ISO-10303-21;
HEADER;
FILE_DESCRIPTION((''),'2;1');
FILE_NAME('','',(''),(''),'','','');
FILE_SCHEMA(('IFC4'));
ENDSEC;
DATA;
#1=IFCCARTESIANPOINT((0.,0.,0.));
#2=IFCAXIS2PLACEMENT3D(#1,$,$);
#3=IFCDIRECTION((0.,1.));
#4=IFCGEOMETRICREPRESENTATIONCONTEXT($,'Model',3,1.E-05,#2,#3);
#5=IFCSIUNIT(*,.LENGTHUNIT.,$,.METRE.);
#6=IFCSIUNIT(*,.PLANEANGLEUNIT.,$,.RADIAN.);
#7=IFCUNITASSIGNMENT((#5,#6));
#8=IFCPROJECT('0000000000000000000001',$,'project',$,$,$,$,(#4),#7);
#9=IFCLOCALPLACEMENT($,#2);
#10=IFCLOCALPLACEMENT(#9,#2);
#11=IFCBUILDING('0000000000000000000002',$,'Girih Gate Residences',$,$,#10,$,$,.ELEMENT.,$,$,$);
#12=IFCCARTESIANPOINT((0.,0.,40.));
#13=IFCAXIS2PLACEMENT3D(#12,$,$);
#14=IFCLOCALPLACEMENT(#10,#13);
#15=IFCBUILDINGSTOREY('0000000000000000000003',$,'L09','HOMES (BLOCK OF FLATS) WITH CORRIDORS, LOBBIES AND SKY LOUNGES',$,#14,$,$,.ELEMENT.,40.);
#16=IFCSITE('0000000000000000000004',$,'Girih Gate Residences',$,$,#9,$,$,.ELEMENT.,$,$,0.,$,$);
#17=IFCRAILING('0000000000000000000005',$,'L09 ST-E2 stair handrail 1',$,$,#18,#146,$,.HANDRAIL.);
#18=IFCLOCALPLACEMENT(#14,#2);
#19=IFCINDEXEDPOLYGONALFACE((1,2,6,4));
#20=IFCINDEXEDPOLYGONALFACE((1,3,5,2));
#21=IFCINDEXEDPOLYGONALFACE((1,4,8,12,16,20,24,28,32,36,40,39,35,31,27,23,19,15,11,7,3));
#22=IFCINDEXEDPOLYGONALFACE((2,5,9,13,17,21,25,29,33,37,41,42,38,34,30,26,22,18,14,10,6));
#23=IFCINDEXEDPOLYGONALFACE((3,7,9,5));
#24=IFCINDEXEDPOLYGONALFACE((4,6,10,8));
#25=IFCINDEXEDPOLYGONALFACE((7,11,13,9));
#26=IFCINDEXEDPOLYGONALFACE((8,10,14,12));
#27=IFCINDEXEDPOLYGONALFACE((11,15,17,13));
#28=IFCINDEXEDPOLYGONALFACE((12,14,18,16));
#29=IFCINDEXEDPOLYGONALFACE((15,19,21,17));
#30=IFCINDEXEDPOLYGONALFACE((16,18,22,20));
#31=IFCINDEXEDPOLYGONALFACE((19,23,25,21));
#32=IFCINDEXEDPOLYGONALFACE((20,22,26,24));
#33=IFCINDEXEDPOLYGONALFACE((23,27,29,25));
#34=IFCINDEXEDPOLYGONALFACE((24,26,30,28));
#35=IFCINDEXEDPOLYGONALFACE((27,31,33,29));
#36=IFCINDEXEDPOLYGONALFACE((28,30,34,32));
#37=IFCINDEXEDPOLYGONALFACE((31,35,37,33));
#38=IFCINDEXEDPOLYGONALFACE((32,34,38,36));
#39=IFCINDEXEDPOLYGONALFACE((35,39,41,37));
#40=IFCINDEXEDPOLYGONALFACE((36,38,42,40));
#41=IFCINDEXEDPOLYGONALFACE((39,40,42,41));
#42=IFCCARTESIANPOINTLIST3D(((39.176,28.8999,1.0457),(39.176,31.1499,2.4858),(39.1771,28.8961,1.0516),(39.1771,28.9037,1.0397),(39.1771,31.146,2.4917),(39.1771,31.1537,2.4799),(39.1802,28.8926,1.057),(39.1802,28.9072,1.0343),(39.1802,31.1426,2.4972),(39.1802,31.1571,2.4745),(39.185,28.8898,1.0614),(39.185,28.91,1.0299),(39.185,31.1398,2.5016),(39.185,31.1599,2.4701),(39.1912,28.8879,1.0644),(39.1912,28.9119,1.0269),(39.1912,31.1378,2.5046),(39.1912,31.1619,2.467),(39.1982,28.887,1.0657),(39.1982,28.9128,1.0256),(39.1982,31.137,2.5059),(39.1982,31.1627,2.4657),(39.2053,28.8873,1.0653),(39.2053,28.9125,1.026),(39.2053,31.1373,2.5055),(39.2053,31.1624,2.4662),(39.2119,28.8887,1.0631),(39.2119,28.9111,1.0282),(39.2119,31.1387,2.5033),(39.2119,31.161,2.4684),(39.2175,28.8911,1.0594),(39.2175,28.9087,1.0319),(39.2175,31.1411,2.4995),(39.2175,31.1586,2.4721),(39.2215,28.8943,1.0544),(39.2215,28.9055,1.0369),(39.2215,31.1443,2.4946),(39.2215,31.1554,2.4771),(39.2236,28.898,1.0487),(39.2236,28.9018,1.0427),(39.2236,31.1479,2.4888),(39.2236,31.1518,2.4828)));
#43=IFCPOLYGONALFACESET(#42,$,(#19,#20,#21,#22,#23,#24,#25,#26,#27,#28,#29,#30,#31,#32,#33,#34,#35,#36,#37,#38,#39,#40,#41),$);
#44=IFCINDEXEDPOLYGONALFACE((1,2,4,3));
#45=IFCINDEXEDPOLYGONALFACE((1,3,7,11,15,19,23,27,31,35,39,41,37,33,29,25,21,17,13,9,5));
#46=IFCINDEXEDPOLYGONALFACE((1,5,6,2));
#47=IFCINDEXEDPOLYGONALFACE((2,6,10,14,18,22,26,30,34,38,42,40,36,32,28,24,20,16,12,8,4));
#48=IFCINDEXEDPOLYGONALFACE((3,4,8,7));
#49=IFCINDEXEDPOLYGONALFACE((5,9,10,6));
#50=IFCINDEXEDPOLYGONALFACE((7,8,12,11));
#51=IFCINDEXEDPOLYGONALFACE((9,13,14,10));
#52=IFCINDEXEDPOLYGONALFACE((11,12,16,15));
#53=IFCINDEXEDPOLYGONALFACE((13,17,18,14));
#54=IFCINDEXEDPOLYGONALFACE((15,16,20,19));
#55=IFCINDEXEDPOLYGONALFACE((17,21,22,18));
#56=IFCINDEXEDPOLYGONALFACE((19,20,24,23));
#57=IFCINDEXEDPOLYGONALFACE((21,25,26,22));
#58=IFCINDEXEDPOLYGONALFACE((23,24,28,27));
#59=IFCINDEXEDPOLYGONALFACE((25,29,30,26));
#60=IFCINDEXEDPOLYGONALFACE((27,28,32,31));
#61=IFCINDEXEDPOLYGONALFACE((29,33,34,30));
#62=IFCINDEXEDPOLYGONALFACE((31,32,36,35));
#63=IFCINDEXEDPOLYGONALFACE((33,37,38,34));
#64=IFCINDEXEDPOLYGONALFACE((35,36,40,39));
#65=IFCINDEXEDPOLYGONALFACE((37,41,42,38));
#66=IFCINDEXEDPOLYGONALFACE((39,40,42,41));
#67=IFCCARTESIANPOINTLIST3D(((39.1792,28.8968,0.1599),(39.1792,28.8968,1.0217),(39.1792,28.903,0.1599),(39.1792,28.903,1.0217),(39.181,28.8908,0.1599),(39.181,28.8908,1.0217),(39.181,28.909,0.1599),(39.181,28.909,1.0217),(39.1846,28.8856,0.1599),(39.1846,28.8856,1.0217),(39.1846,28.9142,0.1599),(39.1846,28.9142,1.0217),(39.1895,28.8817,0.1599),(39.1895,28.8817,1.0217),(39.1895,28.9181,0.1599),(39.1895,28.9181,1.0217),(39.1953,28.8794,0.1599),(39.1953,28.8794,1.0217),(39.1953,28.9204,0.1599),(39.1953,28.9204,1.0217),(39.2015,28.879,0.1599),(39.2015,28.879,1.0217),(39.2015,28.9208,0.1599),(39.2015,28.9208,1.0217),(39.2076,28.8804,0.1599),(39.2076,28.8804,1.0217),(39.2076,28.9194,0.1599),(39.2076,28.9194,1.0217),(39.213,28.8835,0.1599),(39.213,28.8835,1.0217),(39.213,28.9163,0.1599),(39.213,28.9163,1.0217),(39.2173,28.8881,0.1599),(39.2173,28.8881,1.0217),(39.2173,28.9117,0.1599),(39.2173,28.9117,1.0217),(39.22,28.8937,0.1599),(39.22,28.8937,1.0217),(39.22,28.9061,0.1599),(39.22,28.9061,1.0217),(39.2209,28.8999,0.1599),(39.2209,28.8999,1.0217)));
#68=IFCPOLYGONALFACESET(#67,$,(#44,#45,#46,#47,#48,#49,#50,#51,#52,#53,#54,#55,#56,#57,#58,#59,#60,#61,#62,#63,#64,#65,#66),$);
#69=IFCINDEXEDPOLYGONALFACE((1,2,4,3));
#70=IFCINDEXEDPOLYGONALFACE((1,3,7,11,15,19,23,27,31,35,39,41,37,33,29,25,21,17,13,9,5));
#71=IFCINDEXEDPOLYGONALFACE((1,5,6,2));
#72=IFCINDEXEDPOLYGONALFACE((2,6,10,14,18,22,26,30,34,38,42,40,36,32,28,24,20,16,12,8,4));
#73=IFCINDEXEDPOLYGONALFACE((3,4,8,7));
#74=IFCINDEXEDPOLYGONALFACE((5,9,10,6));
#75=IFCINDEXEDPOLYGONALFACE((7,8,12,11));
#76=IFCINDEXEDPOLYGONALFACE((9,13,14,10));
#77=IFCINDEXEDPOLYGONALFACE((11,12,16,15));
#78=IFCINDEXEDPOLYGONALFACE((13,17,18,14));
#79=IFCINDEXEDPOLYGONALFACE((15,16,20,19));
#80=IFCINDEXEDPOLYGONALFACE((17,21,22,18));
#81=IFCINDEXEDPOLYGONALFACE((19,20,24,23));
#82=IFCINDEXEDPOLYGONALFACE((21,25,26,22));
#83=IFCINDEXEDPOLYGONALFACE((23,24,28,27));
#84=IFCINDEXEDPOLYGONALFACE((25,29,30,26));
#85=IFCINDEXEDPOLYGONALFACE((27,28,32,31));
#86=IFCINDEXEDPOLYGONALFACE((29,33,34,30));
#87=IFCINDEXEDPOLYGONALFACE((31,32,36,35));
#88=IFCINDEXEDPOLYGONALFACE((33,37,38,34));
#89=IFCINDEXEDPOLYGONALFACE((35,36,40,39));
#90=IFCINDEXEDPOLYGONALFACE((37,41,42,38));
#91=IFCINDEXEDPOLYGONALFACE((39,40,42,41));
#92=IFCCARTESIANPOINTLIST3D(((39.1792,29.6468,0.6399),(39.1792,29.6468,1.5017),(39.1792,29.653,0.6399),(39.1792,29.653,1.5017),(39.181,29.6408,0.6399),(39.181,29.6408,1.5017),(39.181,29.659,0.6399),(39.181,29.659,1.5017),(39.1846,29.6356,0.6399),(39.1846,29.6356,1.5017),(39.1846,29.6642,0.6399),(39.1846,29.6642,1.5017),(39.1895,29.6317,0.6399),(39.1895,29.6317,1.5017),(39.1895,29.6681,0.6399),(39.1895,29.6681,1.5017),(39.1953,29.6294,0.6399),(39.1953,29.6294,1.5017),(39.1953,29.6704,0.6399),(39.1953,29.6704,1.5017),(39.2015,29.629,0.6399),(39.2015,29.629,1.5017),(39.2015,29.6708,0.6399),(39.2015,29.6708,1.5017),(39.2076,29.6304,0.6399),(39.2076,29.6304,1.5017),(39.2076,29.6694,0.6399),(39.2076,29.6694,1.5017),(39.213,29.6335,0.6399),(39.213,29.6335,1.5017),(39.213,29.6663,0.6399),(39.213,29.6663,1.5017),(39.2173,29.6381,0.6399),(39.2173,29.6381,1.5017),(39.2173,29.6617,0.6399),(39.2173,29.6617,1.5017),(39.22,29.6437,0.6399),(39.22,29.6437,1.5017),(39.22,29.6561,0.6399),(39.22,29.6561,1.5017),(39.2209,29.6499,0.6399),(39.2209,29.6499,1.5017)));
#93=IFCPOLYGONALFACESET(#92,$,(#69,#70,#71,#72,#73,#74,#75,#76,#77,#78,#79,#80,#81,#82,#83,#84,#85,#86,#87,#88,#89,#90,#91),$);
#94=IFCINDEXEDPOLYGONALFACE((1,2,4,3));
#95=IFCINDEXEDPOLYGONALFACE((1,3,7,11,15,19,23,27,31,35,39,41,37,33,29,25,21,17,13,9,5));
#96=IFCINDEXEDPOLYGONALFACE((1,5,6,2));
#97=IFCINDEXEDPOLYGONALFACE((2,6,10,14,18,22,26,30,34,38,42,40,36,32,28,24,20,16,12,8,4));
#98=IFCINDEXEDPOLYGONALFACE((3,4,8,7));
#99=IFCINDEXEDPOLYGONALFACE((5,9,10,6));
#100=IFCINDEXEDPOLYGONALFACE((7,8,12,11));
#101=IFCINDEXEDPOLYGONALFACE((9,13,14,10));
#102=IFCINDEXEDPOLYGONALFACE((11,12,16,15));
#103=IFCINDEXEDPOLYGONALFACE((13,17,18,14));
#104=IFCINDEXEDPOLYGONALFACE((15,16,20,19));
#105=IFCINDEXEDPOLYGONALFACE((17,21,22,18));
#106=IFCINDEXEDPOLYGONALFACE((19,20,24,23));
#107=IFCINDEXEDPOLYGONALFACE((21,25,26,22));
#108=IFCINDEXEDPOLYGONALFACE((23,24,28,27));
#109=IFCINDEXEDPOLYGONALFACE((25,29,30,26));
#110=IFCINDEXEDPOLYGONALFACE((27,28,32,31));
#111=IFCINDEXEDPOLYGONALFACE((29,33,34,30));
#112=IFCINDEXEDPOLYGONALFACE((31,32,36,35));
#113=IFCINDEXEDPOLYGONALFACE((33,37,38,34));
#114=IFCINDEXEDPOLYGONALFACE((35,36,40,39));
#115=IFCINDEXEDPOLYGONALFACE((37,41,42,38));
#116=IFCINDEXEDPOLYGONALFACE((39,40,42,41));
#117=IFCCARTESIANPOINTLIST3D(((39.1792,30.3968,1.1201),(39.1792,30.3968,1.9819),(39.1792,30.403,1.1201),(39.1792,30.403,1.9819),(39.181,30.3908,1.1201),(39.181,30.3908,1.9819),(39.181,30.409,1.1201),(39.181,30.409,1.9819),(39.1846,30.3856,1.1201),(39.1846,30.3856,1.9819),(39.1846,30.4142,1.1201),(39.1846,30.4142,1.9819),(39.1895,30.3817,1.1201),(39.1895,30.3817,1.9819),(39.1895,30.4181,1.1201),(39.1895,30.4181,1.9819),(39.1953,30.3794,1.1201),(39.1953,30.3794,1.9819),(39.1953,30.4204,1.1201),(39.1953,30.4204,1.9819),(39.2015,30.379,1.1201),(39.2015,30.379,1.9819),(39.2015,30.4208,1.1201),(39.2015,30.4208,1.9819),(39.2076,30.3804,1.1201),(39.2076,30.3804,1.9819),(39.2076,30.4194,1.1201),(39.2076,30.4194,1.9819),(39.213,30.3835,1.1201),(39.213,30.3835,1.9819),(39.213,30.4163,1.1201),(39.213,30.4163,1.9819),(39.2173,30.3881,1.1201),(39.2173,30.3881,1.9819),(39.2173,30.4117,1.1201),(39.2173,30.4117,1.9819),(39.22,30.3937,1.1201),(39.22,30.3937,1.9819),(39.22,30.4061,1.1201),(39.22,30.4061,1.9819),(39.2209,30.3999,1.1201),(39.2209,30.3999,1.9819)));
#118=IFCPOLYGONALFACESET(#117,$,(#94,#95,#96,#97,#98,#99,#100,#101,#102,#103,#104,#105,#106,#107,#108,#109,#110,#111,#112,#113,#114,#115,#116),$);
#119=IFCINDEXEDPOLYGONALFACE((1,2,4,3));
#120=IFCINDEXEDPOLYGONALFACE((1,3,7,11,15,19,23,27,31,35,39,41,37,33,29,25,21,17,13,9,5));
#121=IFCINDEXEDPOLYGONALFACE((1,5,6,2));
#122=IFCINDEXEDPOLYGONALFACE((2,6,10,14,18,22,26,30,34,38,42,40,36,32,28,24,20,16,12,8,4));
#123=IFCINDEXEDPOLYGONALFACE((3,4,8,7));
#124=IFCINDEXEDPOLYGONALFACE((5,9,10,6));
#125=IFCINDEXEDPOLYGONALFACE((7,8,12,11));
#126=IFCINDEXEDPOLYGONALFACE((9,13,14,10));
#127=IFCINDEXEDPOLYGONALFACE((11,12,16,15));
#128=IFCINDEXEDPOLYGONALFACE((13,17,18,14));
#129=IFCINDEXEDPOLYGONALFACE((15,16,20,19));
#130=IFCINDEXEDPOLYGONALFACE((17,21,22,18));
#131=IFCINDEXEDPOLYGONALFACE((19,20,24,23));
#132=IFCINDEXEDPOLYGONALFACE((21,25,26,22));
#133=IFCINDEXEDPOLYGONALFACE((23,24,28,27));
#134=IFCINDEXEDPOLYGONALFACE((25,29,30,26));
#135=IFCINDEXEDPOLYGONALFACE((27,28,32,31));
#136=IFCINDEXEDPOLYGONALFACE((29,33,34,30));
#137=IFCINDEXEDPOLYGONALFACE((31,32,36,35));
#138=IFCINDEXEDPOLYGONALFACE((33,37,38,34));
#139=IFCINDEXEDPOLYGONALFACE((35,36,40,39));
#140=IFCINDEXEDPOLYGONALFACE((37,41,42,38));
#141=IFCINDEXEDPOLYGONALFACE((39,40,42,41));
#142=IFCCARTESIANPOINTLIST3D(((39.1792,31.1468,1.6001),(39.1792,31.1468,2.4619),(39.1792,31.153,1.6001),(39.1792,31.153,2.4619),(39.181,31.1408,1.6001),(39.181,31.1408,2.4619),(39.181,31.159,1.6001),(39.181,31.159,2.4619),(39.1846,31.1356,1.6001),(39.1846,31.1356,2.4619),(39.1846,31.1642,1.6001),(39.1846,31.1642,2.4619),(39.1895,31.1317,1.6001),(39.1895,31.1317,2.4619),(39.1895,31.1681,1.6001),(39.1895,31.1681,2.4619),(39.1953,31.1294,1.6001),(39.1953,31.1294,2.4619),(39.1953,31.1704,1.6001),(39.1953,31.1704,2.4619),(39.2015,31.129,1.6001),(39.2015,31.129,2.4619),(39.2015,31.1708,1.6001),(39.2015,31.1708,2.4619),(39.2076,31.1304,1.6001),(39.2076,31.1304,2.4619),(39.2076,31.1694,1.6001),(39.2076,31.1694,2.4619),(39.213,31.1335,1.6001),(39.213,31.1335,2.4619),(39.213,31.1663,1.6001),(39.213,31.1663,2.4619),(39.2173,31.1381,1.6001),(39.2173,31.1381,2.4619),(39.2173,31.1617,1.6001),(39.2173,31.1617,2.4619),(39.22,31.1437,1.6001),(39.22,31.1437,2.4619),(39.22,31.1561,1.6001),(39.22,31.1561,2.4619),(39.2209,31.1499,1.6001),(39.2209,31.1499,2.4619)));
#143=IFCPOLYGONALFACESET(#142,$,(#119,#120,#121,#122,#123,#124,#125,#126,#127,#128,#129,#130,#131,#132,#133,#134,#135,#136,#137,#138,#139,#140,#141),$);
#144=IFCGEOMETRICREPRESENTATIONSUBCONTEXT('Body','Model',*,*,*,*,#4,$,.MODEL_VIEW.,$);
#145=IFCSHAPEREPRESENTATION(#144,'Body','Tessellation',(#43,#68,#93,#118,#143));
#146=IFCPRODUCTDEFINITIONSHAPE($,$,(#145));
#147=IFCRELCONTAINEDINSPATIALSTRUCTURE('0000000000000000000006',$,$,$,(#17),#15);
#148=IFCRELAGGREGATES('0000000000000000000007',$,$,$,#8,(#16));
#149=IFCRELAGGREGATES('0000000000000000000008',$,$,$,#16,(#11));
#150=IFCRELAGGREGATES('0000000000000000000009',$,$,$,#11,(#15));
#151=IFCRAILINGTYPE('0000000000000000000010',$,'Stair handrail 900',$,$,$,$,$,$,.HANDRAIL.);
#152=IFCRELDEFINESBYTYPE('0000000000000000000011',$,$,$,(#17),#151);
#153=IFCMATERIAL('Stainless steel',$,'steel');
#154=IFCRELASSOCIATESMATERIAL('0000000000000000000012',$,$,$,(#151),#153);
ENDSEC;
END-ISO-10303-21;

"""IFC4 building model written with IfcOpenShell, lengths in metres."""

from ifc_helpers import new_model, si_unit, direction, frame, origin, origin_2d, place, context, subcontext, project, spatial, circle, extrude, material, type_object, element, save


model = new_model("IFC4")

# Units and contexts
model_context = context("Model", 3, precision=1e-05, world=origin(), true_north=direction((0.0, 1.0)))
body_context = subcontext(model_context, "Body", "Model", "MODEL_VIEW")
ifc_project = project(units=[si_unit("LENGTHUNIT", "METRE"), si_unit("PLANEANGLEUNIT", "RADIAN")], contexts=[model_context])

# Site, building, storey
site_placement = place(None, origin())
site = spatial("IfcSite", under=ifc_project, at=site_placement, Name="Girih Gate Residences", CompositionType="ELEMENT", RefElevation=0.0)
building_placement = place(site_placement, origin())
building = spatial("IfcBuilding", under=site, at=building_placement, Name="Girih Gate Residences", CompositionType="ELEMENT")
storey_placement = place(building_placement, frame((0.0, 0.0, 40.0)))
storey = spatial("IfcBuildingStorey", under=building, at=storey_placement, Name="L09", Description="HOMES (BLOCK OF FLATS) WITH CORRIDORS, LOBBIES AND SKY LOUNGES", CompositionType="ELEMENT", Elevation=40.0)

# Railing
ifc_material_1 = material(Name="Stainless steel", Category="steel")
railing_type_1 = type_object("IfcRailingType", Name="Stair handrail 900", PredefinedType="HANDRAIL", material=ifc_material_1)
railing_1_placement = place(storey_placement, frame((39.2, 28.8999, 0.1599)))
element("IfcRailing", 1, at=railing_1_placement, inside=storey, type_object=railing_type_1, Name="L09 ST-E2 stair handrail 1", PredefinedType="HANDRAIL", context=body_context, shape_type="SweptSolid", body=[
    extrude(circle(Radius=0.0239, at=origin_2d()), frame((0.0, 0.0, 0.8857), z_axis=(0.0, 0.84224, 0.539103), x_axis=(-1.0, 0.0, 0.0)), (0.0, 0.0, 1.0), 2.6714),
    extrude(circle(Radius=0.021, at=origin_2d()), origin(), (0.0, 0.0, 1.0), 0.8618),
    extrude(circle(Radius=0.021, at=origin_2d()), frame((0.0, 0.75, 0.48)), (0.0, 0.0, 1.0), 0.8618),
    extrude(circle(Radius=0.021, at=origin_2d()), frame((0.0, 1.5, 0.9602)), (0.0, 0.0, 1.0), 0.8618),
    extrude(circle(Radius=0.021, at=origin_2d()), frame((0.0, 2.25, 1.4402)), (0.0, 0.0, 1.0), 0.8618),
])

save(model, "model.ifc")
